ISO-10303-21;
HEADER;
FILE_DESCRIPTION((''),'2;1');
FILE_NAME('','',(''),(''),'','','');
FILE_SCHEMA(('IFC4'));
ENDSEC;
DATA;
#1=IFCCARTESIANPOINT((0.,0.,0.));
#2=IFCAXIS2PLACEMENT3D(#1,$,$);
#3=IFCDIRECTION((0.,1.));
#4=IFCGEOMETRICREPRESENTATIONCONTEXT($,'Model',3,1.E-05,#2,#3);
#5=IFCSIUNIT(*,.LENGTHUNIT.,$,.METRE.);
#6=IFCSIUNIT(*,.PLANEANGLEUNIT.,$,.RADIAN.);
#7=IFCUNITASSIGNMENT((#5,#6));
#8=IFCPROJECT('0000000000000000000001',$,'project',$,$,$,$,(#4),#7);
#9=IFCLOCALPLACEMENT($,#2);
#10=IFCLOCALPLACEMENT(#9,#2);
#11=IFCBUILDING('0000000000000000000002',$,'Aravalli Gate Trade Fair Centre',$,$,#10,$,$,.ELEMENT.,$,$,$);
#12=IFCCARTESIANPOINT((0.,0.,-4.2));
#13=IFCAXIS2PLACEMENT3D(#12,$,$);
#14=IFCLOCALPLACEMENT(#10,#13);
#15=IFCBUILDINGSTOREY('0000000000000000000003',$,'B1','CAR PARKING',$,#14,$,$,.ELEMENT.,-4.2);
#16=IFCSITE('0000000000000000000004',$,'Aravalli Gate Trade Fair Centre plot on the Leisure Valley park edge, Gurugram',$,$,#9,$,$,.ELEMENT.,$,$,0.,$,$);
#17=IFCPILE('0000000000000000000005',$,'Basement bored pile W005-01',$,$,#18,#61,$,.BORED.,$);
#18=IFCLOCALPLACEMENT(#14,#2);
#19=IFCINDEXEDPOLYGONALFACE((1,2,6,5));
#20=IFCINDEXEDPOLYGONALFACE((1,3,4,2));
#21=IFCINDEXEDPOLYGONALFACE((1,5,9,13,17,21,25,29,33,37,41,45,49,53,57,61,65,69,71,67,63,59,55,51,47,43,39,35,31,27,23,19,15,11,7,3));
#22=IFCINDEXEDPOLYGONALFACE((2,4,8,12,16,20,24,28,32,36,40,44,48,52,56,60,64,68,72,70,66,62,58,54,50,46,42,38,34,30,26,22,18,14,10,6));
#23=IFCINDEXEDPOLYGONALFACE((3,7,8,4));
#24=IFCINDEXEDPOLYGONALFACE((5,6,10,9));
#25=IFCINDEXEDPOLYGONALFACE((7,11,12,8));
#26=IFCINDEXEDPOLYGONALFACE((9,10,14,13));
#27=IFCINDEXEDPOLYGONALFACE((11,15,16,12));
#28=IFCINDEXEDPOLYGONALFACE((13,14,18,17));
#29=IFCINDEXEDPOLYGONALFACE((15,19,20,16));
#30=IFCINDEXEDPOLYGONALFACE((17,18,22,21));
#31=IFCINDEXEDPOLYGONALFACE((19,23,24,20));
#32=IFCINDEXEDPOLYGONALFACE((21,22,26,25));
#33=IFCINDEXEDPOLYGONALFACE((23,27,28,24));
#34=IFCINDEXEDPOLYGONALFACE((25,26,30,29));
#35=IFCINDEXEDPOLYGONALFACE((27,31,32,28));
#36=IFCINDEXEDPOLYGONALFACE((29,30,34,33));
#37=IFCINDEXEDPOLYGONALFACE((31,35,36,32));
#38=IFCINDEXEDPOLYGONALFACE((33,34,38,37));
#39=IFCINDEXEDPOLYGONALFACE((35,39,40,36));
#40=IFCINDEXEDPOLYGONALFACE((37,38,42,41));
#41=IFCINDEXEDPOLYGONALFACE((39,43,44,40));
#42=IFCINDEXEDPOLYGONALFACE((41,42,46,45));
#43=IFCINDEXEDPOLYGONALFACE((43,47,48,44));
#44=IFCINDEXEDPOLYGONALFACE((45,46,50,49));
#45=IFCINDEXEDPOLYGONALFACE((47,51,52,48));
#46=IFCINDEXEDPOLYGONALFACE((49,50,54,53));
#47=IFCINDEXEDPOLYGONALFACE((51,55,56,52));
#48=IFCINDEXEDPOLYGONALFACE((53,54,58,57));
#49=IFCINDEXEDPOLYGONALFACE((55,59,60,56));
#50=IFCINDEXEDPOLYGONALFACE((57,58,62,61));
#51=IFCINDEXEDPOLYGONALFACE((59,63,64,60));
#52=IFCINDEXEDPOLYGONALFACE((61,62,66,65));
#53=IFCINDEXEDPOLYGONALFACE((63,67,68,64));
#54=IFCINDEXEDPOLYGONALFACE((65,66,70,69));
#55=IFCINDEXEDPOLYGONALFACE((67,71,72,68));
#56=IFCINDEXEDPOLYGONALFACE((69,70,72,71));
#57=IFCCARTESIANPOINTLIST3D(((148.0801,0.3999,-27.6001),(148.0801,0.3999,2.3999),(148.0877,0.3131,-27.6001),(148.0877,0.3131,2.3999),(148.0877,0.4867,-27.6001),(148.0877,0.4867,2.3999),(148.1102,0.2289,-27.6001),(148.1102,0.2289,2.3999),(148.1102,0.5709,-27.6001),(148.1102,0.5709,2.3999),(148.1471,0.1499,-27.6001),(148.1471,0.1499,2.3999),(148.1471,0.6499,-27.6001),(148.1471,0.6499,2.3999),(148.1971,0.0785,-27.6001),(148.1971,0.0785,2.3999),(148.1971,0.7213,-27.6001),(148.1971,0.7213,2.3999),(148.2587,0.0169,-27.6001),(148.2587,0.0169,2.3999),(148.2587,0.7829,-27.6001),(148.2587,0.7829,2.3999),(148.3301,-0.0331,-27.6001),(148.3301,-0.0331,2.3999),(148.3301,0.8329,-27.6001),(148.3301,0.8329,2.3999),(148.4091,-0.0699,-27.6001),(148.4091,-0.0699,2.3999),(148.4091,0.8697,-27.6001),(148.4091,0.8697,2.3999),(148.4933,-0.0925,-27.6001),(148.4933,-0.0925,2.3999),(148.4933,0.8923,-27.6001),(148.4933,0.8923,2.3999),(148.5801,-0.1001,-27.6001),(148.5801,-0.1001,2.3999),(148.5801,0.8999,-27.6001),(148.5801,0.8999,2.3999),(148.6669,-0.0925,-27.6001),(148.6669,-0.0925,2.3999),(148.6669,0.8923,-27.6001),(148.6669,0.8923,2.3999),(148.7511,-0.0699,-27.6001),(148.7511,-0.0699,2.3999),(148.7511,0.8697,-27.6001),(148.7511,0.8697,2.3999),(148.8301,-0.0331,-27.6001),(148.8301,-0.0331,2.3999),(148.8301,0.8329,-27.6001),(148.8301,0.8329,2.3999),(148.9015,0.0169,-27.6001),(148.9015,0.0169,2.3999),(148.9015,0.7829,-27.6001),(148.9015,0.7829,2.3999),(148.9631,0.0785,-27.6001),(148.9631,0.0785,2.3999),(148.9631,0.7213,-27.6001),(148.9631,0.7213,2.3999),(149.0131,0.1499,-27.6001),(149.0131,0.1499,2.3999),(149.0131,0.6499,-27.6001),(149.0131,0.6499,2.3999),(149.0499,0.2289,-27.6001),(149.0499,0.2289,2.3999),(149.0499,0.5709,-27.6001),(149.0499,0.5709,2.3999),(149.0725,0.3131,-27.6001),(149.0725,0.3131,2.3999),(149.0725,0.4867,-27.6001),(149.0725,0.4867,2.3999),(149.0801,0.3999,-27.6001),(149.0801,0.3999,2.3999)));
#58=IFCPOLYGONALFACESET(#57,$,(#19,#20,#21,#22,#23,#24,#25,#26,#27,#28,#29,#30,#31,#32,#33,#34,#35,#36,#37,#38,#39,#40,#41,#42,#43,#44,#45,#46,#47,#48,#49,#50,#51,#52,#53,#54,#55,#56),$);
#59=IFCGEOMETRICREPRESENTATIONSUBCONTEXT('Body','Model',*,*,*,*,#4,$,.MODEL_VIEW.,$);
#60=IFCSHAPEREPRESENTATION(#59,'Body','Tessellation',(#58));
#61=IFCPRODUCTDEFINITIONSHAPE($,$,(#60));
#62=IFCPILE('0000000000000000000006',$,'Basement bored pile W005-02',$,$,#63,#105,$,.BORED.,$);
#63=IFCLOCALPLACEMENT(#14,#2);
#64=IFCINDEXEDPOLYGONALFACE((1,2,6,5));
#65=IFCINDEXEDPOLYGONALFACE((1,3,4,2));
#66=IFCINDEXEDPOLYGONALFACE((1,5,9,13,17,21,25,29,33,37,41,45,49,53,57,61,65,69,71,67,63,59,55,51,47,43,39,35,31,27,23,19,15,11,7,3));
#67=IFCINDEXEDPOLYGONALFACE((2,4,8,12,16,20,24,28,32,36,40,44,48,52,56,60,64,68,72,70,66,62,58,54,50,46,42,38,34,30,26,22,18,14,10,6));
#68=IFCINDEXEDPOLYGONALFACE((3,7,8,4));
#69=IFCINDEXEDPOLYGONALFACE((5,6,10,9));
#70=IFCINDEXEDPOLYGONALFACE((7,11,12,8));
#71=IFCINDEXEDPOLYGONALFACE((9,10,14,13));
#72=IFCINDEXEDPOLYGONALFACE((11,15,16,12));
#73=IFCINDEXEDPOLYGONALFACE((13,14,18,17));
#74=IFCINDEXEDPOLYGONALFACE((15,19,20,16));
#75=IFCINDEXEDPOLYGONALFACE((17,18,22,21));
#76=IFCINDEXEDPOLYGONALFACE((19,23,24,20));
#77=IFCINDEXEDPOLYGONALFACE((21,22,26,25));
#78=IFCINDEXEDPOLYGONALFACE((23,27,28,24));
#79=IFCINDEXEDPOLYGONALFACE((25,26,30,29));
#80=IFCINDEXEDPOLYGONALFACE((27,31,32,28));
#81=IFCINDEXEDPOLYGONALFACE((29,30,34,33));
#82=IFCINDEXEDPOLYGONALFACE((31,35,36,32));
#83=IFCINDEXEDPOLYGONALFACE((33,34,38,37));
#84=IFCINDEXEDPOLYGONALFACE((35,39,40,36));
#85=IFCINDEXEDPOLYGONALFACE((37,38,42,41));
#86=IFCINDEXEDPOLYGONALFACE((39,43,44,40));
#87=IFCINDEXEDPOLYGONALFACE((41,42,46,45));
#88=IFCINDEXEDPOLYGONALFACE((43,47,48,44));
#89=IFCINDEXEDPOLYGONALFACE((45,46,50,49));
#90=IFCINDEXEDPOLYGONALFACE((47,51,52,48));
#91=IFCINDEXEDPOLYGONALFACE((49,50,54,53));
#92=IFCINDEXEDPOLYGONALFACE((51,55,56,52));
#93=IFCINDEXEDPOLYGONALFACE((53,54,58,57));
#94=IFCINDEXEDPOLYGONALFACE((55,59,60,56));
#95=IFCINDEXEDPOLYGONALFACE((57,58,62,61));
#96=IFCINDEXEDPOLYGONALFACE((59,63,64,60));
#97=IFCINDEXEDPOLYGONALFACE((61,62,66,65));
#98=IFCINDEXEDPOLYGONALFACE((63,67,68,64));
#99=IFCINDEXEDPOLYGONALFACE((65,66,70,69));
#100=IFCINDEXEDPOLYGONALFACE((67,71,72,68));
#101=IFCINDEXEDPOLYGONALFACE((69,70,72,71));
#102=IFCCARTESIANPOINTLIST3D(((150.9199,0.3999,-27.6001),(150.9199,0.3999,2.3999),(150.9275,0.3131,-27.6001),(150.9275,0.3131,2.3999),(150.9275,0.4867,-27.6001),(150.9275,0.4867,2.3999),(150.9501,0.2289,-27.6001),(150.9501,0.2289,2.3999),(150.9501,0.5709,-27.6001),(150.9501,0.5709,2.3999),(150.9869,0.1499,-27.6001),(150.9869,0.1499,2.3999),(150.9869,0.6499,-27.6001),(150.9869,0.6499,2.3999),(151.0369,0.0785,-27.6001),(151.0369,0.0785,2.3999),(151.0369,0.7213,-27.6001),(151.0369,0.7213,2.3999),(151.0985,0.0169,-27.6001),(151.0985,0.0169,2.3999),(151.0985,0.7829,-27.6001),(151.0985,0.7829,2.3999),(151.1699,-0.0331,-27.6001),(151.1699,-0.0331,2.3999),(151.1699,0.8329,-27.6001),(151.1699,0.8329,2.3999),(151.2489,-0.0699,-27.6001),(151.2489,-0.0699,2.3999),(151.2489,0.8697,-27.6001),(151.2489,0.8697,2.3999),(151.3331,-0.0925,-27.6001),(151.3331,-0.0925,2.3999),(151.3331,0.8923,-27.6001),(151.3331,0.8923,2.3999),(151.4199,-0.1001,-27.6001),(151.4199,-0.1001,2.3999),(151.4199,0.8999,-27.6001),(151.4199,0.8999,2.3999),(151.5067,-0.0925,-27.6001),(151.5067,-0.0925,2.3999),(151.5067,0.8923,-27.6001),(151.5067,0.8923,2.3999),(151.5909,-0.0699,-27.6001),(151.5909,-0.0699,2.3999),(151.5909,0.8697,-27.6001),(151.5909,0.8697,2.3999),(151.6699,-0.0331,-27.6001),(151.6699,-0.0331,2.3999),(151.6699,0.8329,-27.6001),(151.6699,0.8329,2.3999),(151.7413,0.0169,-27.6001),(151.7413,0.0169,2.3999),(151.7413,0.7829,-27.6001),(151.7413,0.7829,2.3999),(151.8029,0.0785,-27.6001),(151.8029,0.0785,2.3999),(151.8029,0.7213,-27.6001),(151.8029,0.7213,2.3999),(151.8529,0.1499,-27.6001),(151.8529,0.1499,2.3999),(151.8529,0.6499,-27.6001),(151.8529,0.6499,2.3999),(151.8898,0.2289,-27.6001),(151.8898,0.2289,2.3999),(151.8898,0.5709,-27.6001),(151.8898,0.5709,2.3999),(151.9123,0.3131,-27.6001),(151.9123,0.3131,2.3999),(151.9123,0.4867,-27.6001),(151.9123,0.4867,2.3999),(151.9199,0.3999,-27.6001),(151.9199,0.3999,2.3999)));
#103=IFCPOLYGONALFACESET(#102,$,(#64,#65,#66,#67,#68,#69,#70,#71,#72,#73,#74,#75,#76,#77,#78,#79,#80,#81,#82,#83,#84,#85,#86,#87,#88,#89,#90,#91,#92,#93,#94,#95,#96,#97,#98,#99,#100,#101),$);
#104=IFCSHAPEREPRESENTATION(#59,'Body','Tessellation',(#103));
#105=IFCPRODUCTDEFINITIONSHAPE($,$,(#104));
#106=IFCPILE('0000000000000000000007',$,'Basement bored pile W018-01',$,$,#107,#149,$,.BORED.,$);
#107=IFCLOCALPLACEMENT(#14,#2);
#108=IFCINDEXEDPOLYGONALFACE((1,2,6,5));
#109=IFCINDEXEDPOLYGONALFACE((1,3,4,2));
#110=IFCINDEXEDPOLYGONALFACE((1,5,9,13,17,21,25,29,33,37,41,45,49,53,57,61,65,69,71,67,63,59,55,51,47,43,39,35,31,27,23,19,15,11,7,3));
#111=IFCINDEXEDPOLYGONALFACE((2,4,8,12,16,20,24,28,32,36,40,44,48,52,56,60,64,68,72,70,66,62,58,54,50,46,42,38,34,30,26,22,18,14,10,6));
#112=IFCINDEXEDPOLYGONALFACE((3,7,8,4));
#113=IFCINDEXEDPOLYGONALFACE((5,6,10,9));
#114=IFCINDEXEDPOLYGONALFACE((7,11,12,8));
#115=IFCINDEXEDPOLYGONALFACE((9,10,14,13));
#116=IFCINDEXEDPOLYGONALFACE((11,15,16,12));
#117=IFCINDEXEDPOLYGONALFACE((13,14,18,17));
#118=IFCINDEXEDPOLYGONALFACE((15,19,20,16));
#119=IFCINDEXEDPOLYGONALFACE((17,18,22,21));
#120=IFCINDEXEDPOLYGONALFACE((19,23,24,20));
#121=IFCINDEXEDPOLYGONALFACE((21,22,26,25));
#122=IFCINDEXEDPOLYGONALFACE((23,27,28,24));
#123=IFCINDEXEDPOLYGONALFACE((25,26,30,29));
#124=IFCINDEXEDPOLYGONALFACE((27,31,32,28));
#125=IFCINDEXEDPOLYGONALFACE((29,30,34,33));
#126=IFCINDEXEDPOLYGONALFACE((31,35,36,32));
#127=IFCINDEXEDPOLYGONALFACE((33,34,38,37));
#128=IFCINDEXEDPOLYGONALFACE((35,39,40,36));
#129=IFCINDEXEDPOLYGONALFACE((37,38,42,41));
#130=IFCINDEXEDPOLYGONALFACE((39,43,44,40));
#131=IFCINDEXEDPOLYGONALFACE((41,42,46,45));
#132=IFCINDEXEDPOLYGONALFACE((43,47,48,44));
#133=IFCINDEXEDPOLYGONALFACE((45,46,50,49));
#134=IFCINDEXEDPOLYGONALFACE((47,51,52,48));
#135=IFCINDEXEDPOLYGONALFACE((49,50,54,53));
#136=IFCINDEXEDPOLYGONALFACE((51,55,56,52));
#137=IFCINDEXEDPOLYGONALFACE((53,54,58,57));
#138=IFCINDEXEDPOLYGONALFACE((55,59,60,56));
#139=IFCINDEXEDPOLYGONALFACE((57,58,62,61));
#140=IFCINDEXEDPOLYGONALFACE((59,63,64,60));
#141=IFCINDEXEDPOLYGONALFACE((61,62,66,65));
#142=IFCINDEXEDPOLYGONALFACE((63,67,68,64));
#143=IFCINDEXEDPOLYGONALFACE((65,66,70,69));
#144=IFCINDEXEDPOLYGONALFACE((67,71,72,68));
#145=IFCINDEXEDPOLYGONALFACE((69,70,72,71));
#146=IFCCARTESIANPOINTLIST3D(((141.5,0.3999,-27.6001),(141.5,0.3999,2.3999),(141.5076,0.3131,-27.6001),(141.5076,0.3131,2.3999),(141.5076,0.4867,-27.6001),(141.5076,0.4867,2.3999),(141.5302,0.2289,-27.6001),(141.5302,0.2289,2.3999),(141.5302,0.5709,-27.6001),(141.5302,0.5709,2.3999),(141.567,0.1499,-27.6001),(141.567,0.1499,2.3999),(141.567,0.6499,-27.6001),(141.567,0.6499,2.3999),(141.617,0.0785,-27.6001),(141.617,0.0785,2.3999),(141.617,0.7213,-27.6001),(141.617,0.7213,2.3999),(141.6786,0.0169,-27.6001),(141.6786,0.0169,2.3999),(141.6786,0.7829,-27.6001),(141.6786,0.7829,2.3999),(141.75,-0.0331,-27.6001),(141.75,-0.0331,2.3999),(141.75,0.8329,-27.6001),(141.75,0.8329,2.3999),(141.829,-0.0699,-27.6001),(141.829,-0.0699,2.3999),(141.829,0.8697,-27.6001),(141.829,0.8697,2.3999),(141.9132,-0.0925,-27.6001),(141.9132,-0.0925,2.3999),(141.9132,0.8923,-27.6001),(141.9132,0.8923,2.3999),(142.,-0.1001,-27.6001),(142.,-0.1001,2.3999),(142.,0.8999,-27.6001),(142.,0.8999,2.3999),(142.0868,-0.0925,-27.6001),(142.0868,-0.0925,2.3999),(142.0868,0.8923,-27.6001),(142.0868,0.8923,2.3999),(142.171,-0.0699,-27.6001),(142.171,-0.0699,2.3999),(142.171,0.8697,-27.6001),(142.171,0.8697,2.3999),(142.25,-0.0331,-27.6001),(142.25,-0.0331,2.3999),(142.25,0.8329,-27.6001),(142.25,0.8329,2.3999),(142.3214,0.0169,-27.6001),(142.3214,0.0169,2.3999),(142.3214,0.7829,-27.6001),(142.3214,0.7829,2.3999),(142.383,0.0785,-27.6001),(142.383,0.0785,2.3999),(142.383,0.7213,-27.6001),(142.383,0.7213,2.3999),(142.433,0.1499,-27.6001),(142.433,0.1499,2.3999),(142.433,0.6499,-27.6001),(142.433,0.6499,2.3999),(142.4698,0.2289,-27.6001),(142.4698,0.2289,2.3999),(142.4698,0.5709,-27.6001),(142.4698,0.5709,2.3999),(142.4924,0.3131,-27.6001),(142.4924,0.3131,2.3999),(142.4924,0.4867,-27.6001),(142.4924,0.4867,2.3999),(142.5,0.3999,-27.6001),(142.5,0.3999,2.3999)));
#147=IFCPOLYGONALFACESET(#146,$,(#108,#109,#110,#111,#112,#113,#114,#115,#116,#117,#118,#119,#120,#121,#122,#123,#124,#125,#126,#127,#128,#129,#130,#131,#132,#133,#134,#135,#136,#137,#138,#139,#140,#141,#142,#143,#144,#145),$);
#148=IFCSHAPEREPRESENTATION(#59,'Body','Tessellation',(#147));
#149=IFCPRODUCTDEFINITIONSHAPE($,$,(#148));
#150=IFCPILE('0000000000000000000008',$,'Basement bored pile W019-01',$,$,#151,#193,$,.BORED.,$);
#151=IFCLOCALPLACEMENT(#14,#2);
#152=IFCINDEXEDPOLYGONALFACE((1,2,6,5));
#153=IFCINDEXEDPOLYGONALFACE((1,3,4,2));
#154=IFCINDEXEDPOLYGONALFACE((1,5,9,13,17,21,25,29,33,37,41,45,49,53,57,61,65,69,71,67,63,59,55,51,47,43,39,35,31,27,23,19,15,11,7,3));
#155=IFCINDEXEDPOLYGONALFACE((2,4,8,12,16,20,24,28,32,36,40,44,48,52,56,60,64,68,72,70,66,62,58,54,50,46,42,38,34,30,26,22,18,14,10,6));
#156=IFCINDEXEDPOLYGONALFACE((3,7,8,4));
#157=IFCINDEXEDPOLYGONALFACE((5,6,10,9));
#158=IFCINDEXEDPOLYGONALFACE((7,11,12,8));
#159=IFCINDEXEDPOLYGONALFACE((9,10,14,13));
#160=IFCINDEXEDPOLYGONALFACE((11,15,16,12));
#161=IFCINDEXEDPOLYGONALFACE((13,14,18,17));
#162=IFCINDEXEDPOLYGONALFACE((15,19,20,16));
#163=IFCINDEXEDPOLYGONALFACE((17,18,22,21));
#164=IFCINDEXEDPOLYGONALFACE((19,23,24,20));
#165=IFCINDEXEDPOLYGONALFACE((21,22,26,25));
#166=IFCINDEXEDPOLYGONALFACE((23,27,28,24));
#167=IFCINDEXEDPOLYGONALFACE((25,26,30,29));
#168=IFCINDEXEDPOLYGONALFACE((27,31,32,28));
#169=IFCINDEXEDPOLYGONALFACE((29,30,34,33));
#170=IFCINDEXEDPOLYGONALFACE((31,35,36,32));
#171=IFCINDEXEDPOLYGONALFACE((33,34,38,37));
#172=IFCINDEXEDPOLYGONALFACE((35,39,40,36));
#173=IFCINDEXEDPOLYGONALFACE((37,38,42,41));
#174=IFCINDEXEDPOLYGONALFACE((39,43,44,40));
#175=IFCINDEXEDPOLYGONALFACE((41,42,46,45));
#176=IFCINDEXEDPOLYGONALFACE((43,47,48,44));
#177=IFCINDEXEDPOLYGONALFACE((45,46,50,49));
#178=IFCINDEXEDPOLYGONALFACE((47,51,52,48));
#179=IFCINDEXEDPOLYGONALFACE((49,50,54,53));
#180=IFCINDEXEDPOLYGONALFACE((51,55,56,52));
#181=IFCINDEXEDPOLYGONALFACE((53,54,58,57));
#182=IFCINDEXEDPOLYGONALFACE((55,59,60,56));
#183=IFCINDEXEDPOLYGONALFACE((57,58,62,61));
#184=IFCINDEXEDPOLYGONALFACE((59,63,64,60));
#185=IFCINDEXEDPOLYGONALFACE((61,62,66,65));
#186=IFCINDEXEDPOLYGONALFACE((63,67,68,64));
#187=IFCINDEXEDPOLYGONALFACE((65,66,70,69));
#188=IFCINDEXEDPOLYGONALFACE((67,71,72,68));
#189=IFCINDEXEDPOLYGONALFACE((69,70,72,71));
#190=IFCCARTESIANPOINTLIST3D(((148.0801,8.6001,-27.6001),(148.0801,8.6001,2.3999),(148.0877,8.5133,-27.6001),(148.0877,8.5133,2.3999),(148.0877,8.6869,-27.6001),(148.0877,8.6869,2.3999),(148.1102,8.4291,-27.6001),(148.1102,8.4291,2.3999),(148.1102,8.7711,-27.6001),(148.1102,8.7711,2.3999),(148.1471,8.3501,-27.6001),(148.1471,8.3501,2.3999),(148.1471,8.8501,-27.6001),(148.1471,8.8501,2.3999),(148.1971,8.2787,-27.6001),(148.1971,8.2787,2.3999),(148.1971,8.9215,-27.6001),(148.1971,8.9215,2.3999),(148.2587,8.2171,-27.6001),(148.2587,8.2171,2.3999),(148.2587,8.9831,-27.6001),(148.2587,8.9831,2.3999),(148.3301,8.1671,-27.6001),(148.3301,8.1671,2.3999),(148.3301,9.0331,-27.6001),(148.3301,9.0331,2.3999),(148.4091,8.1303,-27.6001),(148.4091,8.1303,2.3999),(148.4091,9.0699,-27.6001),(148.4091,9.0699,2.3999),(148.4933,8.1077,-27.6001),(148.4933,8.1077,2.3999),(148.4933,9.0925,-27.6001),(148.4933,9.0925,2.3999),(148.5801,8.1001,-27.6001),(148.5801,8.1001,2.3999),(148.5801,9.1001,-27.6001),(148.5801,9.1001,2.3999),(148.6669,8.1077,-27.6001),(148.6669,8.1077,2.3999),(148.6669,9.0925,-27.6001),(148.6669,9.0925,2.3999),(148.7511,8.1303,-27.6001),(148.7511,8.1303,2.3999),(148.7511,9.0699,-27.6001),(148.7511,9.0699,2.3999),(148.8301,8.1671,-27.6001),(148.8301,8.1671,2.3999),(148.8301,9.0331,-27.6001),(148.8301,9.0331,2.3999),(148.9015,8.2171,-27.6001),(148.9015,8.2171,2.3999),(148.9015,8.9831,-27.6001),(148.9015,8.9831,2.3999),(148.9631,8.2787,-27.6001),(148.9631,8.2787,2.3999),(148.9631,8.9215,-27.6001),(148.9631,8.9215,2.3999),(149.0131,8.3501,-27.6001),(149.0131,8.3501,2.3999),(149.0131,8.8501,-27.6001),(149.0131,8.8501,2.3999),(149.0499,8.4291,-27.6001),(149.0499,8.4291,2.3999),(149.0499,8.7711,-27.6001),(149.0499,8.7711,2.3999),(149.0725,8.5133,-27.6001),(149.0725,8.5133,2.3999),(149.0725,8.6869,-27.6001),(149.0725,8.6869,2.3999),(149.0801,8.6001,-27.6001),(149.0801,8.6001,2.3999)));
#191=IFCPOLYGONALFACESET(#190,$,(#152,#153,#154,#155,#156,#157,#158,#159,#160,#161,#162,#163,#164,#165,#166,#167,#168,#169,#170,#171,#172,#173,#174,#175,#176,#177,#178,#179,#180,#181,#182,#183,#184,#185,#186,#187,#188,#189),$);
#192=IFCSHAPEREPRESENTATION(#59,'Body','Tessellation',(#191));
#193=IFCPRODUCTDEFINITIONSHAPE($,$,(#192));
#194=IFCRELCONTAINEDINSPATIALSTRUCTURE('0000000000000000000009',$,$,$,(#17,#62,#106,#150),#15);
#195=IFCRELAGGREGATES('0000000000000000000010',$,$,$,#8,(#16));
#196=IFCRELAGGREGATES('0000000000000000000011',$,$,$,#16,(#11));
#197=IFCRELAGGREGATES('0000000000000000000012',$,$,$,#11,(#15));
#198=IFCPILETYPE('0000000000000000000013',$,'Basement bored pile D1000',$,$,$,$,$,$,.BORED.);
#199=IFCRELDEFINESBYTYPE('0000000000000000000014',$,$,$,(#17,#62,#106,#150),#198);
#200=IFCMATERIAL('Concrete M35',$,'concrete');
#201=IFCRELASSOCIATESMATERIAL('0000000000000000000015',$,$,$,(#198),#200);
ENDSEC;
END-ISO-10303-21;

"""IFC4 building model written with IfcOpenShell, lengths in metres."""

from ifc_helpers import new_model, si_unit, direction, frame, origin, origin_2d, place, context, subcontext, project, spatial, circle, extrude, material, material_profile, profile_set, type_object, element, save


model = new_model("IFC4")

# Units and contexts
model_context = context("Model", 3, precision=1e-05, world=origin(), true_north=direction((0.0, 1.0)))
body_context = subcontext(model_context, "Body", "Model", "MODEL_VIEW")
ifc_project = project(units=[si_unit("LENGTHUNIT", "METRE"), si_unit("PLANEANGLEUNIT", "RADIAN")], contexts=[model_context])

# Site, building, storey
site_placement = place(None, origin())
site = spatial("IfcSite", under=ifc_project, at=site_placement, Name="Aravalli Gate Trade Fair Centre plot on the Leisure Valley park edge, Gurugram", CompositionType="ELEMENT", RefElevation=0.0)
building_placement = place(site_placement, origin())
building = spatial("IfcBuilding", under=site, at=building_placement, Name="Aravalli Gate Trade Fair Centre", CompositionType="ELEMENT")
storey_placement = place(building_placement, frame((0.0, 0.0, -4.2)))
storey = spatial("IfcBuildingStorey", under=building, at=storey_placement, Name="B1", Description="CAR PARKING", CompositionType="ELEMENT", Elevation=-4.2)

# Piles
ifc_material = material(Name="Concrete M35", Category="concrete")
ifc_material_profile = material_profile(ifc_material, circle(Radius=0.5, at=origin_2d()), Name="D1000")
ifc_profile_set = profile_set([ifc_material_profile], Name="Concrete M35")
pile_type = type_object("IfcPileType", Name="Basement bored pile D1000", PredefinedType="BORED", material=ifc_profile_set)
for number, where, z_axis, x_axis, name in (
    (1, (148.5801, 0.3999, 2.3999), (0.0, 0.0, -1.0), (1.0, 0.0, 0.0), "Basement bored pile W005-01"),
    (2, (151.4199, 0.3999, 2.3999), (0.0, 0.0, -1.0), (1.0, 0.0, 0.0), "Basement bored pile W005-02"),
    (3, (142.0, 0.3999, 2.3999), (0.0, 0.0, -1.0), (1.0, 0.0, 0.0), "Basement bored pile W018-01"),
    (4, (148.5801, 8.6001, 2.3999), (0.0, 0.0, -1.0), (1.0, 0.0, 0.0), "Basement bored pile W019-01"),
):
    element("IfcPile", number, at=place(storey_placement, frame(where, z_axis=z_axis, x_axis=x_axis)), inside=storey, type_object=pile_type, Name=name, PredefinedType="BORED", context=body_context, shape_type="SweptSolid", body=[
        extrude(circle(Radius=0.5, at=origin_2d()), origin(), (0.0, 0.0, 1.0), 30.0),
    ])

save(model, "model.ifc")
